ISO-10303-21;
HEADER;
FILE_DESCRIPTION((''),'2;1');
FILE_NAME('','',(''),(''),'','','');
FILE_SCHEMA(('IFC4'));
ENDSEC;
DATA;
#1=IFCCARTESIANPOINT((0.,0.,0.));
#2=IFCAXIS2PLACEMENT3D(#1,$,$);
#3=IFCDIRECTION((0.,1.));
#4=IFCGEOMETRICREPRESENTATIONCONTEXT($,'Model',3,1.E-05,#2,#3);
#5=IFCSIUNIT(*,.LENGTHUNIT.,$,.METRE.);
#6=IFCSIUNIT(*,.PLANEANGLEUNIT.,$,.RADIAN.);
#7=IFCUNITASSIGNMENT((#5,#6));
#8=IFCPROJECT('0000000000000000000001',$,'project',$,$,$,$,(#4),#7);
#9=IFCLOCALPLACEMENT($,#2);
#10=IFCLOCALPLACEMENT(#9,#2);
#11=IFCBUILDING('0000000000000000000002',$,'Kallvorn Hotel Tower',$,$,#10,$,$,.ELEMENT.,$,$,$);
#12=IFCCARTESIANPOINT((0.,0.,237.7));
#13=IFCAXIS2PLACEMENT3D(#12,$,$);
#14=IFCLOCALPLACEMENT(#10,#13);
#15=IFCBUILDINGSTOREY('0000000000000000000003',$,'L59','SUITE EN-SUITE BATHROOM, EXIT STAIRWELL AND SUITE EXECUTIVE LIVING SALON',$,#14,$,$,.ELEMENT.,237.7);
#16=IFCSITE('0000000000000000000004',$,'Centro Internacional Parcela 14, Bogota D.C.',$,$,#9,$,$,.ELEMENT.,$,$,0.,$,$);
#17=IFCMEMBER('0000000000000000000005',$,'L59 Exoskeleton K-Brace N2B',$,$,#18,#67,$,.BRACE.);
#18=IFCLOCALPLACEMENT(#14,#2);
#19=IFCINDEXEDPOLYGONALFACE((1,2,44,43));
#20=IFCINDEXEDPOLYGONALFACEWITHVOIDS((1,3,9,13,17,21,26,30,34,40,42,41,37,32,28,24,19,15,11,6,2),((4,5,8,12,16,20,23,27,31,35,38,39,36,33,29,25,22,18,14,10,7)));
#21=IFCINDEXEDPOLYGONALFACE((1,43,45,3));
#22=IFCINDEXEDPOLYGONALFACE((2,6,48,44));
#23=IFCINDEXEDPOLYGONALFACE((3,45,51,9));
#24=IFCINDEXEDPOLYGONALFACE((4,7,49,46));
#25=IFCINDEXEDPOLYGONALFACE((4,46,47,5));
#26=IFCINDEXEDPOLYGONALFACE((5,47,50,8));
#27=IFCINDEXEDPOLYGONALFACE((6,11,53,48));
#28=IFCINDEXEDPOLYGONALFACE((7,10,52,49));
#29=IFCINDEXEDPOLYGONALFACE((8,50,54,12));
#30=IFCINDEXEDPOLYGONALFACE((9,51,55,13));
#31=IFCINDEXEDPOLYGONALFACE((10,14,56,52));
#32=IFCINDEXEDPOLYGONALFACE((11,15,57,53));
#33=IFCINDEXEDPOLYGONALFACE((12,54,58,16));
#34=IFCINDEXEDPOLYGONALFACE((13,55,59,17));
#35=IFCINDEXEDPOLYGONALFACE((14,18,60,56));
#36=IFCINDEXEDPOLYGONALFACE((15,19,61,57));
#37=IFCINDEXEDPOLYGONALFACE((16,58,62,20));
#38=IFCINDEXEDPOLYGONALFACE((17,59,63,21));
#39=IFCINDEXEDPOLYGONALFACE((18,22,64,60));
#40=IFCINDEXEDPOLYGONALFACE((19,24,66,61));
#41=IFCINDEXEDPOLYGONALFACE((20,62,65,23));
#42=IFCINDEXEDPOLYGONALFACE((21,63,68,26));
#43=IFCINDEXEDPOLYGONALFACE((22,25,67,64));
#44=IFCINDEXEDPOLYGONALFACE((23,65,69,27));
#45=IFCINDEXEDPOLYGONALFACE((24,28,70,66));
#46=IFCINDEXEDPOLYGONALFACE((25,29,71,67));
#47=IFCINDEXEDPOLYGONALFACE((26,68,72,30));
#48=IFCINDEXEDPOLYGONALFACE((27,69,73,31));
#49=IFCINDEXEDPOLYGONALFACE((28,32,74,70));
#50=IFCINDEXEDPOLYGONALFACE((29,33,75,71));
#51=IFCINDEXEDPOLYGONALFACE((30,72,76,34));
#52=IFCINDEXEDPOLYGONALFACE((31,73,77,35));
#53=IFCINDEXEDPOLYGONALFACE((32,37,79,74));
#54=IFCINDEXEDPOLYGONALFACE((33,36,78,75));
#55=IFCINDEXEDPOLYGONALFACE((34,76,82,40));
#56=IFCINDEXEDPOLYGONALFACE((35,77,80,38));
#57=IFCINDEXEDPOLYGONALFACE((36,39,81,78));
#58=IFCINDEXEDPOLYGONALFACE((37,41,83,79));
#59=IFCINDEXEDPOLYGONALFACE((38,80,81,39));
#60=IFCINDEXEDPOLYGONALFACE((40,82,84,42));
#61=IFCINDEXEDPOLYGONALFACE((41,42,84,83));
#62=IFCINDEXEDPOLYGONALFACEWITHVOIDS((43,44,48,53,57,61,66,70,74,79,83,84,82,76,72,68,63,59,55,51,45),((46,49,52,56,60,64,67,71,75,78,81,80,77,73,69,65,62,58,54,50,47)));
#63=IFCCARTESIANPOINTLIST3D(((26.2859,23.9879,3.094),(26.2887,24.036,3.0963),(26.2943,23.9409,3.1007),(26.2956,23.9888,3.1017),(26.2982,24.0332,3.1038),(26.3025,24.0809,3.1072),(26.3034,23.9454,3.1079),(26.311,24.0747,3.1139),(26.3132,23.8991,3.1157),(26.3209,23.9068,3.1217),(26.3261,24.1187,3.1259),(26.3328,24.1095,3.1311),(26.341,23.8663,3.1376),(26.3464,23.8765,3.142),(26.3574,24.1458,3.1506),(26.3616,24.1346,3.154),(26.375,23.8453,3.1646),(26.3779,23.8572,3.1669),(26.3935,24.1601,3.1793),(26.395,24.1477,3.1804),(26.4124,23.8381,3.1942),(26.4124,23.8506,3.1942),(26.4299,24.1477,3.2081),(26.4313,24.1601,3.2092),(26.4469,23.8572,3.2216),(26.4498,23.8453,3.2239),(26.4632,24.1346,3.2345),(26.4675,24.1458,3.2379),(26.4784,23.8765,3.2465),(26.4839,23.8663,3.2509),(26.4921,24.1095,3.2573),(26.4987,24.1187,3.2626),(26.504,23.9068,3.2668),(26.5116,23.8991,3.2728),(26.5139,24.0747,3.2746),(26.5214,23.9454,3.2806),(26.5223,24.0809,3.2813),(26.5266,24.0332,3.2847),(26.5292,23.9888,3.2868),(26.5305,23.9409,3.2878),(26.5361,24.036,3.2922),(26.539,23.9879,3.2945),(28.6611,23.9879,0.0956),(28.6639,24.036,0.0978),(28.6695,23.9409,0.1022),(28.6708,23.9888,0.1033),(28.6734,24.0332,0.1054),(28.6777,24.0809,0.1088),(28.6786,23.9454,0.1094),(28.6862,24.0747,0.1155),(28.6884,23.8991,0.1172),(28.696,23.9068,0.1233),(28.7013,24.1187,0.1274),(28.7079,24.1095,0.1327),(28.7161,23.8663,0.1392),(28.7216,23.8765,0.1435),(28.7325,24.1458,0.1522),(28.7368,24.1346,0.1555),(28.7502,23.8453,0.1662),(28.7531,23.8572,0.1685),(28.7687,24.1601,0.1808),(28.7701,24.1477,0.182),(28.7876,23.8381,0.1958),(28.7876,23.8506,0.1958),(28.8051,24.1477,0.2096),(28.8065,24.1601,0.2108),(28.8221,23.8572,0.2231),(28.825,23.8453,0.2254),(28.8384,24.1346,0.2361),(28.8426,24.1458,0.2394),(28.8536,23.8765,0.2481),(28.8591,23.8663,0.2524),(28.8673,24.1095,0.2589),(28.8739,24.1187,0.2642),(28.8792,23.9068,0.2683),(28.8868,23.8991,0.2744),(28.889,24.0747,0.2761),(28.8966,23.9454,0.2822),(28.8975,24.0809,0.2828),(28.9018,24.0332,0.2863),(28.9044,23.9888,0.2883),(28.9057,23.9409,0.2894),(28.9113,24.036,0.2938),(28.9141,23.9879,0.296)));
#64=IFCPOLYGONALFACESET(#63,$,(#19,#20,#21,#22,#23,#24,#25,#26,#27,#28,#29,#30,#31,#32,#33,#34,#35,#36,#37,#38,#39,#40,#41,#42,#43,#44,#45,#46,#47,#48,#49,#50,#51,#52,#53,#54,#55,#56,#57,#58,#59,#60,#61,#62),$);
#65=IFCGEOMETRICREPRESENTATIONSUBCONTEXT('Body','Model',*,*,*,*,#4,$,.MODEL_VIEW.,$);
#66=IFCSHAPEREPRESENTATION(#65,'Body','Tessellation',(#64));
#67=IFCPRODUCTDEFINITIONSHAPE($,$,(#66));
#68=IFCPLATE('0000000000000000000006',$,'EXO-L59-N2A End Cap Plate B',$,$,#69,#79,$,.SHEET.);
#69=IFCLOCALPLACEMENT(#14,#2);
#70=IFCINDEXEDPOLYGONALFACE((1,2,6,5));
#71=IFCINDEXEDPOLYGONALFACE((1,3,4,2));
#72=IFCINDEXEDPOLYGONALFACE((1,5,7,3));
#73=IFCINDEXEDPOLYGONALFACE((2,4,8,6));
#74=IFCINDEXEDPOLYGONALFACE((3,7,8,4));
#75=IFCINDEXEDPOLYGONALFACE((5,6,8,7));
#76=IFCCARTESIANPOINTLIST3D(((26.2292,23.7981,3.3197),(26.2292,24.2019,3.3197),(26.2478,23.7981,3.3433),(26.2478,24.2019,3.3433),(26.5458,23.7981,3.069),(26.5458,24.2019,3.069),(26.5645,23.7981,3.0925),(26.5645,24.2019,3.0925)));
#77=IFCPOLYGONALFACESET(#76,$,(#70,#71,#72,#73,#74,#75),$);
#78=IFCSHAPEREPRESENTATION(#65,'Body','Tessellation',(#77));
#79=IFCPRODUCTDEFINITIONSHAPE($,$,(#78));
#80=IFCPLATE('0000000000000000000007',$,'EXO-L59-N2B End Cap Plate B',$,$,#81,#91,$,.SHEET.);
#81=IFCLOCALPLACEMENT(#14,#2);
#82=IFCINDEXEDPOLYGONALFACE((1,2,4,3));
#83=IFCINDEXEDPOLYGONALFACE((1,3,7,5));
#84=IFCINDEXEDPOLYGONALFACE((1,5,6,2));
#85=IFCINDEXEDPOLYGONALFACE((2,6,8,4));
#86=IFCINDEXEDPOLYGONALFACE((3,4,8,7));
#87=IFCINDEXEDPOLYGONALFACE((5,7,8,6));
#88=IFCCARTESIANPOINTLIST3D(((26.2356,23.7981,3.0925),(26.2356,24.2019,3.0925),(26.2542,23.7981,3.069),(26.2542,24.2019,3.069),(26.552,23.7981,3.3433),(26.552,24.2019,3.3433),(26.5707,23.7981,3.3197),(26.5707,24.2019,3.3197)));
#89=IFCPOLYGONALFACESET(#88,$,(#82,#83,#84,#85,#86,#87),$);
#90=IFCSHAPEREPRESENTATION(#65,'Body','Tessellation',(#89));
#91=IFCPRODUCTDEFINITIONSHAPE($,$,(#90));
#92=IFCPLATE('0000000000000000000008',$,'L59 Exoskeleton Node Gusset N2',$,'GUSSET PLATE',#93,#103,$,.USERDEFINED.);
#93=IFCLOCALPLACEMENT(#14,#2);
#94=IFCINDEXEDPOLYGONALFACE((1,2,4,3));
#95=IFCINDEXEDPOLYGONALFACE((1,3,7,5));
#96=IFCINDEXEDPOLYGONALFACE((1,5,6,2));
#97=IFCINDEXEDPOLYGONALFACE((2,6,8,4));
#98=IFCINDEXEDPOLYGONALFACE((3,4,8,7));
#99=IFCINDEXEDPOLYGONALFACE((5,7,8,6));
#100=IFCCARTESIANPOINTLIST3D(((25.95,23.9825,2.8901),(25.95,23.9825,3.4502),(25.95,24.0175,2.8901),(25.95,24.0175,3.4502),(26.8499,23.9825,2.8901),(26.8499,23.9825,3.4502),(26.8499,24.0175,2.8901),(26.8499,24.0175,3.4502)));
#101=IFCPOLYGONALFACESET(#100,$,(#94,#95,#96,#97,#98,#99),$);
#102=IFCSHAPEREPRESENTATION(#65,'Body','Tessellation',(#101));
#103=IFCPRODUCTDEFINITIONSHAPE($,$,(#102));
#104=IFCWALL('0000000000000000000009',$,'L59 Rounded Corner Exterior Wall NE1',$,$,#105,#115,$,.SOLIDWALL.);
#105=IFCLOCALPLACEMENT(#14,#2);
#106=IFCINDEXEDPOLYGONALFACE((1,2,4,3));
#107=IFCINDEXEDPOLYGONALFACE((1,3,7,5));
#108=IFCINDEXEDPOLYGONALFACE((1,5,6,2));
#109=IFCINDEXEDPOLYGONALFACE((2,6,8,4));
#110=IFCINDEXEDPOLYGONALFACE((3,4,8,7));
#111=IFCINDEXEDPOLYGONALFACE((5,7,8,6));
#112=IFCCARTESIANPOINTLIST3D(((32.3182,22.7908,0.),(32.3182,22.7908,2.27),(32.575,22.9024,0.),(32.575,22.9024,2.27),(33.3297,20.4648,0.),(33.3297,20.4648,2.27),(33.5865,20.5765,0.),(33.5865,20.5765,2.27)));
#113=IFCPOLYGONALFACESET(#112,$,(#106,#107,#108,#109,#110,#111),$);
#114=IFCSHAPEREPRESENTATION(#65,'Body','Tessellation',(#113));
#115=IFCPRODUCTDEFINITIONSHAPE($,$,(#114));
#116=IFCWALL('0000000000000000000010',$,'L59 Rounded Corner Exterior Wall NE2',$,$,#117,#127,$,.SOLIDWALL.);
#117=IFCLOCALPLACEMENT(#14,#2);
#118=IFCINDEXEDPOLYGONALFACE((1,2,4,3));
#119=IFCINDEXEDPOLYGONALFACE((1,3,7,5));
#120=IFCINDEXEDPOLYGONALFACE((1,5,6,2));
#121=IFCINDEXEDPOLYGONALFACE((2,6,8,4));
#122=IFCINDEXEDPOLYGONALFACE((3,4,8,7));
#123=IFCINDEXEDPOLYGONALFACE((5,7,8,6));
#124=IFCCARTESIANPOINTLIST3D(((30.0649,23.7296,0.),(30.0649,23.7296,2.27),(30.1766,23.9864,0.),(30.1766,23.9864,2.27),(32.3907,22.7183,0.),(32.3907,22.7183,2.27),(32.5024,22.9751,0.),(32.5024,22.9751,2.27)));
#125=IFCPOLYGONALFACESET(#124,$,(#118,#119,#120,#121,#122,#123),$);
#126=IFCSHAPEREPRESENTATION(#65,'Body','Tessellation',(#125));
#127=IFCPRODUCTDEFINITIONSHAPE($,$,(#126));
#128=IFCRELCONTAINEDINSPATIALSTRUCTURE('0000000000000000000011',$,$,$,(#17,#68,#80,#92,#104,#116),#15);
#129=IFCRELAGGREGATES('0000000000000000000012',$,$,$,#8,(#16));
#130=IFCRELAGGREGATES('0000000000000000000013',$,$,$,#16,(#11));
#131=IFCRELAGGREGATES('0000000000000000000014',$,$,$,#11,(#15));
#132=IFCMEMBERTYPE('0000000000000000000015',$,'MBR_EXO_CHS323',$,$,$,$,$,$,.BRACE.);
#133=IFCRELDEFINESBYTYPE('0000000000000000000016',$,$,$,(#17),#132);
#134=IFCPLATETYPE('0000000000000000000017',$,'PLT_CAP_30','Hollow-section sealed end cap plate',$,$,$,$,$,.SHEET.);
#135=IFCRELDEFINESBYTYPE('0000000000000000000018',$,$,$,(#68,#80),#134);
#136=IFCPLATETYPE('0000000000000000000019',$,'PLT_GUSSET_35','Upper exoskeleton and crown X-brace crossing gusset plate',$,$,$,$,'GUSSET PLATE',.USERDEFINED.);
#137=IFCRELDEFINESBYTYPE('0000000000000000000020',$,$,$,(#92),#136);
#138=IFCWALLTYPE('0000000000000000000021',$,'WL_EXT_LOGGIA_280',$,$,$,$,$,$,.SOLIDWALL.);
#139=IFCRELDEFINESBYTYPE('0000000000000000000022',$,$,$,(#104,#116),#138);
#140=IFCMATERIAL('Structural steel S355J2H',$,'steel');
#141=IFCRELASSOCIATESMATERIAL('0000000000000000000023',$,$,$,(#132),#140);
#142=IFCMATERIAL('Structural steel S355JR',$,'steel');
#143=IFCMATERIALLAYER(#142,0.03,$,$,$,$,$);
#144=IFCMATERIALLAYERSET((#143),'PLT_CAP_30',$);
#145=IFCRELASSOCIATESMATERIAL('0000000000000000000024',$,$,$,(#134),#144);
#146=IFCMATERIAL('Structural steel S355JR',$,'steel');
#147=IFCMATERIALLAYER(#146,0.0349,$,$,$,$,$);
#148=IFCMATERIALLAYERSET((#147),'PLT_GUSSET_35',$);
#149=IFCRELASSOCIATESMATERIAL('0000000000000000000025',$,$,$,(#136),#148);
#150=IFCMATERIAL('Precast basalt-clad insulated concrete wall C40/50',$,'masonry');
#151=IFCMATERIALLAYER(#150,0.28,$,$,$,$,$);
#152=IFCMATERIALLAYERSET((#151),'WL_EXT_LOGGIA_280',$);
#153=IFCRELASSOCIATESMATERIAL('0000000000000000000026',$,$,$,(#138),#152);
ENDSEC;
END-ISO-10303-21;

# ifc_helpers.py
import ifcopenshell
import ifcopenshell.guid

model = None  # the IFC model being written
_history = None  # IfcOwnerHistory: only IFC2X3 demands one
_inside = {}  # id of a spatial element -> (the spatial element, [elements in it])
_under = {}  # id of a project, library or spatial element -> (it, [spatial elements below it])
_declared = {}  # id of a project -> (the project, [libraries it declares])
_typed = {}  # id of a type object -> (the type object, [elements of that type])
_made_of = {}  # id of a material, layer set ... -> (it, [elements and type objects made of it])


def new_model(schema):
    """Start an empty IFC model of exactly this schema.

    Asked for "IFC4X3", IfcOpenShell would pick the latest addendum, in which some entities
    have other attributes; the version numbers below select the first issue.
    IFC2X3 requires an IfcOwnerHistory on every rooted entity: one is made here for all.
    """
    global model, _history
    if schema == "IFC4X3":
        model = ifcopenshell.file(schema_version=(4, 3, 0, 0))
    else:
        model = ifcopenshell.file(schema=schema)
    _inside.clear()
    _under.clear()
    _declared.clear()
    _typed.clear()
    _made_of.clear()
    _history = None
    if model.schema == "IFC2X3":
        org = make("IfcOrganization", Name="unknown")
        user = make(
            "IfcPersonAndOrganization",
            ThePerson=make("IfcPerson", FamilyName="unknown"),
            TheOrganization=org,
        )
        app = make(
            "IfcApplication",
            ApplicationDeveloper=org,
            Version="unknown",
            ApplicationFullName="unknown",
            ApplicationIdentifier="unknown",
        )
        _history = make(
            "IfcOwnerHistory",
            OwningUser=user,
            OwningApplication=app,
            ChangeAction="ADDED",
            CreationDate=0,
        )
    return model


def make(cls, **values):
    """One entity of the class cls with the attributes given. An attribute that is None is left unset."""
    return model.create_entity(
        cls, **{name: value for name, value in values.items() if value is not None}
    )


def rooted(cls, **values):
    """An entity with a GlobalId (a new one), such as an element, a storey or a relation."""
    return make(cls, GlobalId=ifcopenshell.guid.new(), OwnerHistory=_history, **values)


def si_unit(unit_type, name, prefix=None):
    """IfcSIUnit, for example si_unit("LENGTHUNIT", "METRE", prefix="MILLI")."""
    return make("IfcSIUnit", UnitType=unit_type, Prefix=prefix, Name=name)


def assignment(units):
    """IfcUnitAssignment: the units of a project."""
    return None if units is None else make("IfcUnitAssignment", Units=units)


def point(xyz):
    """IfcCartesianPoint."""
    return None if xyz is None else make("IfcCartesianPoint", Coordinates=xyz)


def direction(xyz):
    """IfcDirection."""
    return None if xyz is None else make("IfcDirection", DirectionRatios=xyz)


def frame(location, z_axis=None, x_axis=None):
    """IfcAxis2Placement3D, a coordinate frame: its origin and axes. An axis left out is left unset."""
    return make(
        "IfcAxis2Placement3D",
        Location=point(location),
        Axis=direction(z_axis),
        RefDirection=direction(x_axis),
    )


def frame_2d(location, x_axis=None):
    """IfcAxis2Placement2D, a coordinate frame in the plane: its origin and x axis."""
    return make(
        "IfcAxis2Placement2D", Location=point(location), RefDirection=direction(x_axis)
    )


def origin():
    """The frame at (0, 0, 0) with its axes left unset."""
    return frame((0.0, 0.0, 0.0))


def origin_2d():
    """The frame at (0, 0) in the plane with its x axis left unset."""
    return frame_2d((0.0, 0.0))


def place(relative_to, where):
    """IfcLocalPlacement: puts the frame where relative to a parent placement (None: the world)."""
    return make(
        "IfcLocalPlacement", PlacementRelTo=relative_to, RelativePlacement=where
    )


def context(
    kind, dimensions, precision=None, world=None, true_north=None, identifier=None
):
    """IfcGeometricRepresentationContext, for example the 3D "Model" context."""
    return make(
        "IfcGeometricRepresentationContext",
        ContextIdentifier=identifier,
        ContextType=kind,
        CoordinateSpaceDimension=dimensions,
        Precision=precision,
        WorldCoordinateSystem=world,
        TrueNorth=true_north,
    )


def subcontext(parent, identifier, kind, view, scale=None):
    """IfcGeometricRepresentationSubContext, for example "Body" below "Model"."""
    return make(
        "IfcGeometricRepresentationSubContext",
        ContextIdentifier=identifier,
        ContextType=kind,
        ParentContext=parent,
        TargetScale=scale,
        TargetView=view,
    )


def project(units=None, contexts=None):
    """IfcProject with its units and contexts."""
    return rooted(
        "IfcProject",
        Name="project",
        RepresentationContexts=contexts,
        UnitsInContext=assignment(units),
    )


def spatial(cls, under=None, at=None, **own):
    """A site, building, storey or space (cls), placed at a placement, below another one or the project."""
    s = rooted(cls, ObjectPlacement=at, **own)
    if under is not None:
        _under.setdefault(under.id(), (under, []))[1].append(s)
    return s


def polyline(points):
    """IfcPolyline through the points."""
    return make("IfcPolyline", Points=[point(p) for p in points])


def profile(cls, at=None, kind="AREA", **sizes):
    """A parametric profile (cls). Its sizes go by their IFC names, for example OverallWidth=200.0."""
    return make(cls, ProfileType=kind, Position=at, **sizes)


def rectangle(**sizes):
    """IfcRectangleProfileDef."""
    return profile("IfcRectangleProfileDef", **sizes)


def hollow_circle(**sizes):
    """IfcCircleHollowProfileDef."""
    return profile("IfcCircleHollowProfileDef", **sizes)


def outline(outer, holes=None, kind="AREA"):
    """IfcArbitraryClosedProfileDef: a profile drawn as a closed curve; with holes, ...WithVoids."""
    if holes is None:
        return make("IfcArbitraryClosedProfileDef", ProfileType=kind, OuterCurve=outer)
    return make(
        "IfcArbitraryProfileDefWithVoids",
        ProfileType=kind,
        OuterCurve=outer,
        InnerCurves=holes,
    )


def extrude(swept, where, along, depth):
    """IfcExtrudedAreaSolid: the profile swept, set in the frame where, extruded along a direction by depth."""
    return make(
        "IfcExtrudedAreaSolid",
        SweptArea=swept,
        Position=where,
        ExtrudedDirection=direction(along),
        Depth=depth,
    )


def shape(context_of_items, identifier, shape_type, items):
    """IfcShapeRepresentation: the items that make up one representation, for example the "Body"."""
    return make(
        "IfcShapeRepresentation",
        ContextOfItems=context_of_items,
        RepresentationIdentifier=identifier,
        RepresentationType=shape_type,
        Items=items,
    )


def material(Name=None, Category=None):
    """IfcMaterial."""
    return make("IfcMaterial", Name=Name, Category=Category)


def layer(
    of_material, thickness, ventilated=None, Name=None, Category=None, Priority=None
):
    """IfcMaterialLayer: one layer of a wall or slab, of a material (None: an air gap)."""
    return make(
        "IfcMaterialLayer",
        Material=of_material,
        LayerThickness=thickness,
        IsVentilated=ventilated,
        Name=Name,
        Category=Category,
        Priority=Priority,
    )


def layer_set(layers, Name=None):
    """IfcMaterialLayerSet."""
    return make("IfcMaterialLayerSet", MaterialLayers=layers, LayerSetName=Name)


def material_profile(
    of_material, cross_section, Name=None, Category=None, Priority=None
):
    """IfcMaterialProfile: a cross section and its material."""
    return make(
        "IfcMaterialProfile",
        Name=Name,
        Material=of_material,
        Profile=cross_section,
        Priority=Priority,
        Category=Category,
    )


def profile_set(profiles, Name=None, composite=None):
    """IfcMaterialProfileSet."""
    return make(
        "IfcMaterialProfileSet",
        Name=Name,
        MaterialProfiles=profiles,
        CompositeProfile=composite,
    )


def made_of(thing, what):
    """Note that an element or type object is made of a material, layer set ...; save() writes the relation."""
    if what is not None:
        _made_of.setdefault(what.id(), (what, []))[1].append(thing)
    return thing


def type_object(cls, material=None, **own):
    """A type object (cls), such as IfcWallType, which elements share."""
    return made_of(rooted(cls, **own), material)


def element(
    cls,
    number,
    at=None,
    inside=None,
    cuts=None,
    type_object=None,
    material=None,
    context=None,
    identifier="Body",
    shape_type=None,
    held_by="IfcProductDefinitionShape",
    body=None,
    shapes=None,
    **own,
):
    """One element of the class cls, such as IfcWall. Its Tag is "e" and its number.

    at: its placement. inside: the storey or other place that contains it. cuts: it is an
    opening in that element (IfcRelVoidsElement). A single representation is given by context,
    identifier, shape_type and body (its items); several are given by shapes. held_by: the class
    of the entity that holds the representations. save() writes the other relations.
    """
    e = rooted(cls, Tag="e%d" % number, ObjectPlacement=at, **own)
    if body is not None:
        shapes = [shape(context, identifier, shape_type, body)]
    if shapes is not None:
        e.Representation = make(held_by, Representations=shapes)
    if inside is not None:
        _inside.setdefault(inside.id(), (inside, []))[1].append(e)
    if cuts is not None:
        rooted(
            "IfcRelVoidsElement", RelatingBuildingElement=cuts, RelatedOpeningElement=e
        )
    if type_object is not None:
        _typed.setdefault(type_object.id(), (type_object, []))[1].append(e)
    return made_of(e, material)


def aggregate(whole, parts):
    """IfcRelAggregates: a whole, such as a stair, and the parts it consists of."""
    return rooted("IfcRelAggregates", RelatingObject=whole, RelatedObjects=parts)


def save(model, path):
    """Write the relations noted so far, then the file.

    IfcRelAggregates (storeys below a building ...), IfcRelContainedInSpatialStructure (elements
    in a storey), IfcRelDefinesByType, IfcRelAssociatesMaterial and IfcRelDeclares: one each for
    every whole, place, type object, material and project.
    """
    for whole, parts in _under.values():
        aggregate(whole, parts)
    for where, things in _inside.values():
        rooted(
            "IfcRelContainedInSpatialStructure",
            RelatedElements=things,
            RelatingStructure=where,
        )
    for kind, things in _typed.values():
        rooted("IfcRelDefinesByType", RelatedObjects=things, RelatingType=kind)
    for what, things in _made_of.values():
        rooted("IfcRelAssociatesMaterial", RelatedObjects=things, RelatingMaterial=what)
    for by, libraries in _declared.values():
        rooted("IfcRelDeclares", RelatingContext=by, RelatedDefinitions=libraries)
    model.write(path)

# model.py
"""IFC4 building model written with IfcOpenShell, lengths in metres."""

from ifc_helpers import new_model, si_unit, direction, frame, frame_2d, origin, origin_2d, place, context, subcontext, project, spatial, polyline, rectangle, hollow_circle, outline, extrude, material, layer, layer_set, material_profile, profile_set, type_object, element, save


model = new_model("IFC4")

# Units and contexts
model_context = context("Model", 3, precision=1e-05, world=origin(), true_north=direction((0.0, 1.0)))
body_context = subcontext(model_context, "Body", "Model", "MODEL_VIEW")
ifc_project = project(units=[si_unit("LENGTHUNIT", "METRE"), si_unit("PLANEANGLEUNIT", "RADIAN")], contexts=[model_context])

# Site, building, storey
site_placement = place(None, origin())
site = spatial("IfcSite", under=ifc_project, at=site_placement, Name="Centro Internacional Parcela 14, Bogota D.C.", CompositionType="ELEMENT", RefElevation=0.0)
building_placement = place(site_placement, origin())
building = spatial("IfcBuilding", under=site, at=building_placement, Name="Kallvorn Hotel Tower", CompositionType="ELEMENT")
storey_placement = place(building_placement, frame((0.0, 0.0, 237.7)))
storey = spatial("IfcBuildingStorey", under=building, at=storey_placement, Name="L59", Description="SUITE EN-SUITE BATHROOM, EXIT STAIRWELL AND SUITE EXECUTIVE LIVING SALON", CompositionType="ELEMENT", Elevation=237.7)

# Member
ifc_material_1 = material(Name="Structural steel S355J2H", Category="steel")
ifc_material_profile_1 = material_profile(ifc_material_1, hollow_circle(Radius=0.1619, WallThickness=0.0125, at=origin_2d()), Name="CHS 323.9x12.5")
ifc_profile_set_1 = profile_set([ifc_material_profile_1], Name="Structural steel S355J2H")
member_type_1 = type_object("IfcMemberType", Name="MBR_EXO_CHS323", PredefinedType="BRACE", material=ifc_profile_set_1)
for number, where, z_axis, x_axis, name in (
    (1, (28.7876, 24.0, 0.1958), (-0.620929, 0.0, 0.783867), (0.0, -1.0, 0.0), "L59 Exoskeleton K-Brace N2B"),
):
    element("IfcMember", number, at=place(storey_placement, frame(where, z_axis=z_axis, x_axis=x_axis)), inside=storey, type_object=member_type_1, Name=name, PredefinedType="BRACE", context=body_context, shape_type="SweptSolid", body=[
        extrude(hollow_circle(Radius=0.1619, WallThickness=0.0125, at=origin_2d()), origin(), (0.0, 0.0, 1.0), 3.8252),
    ])

# Plates
ifc_material_2 = material(Name="Structural steel S355JR", Category="steel")
ifc_layer_1 = layer(ifc_material_2, 0.03)
ifc_layer_set_1 = layer_set([ifc_layer_1], Name="PLT_CAP_30")
plate_type_1 = type_object("IfcPlateType", Name="PLT_CAP_30", Description="Hollow-section sealed end cap plate", PredefinedType="SHEET", material=ifc_layer_set_1)
plate_1_placement = place(storey_placement, frame((26.5645, 23.7981, 3.0925), z_axis=(0.62078, 0.0, 0.783985), x_axis=(0.0, 1.0, 0.0)))
element("IfcPlate", 2, at=plate_1_placement, inside=storey, type_object=plate_type_1, Name="EXO-L59-N2A End Cap Plate B", PredefinedType="SHEET", context=body_context, shape_type="SweptSolid", body=[
    extrude(outline(polyline([(0.0, 0.0), (0.4038, 0.0), (0.4038, 0.4039), (0.0, 0.4039), (0.0, 0.0)])), origin(), (0.0, 0.0, -1.0), 0.03),
])
plate_2_placement = place(storey_placement, frame((26.2356, 24.2019, 3.0925), z_axis=(-0.621075, 0.0, 0.783751), x_axis=(0.0, -1.0, 0.0)))
element("IfcPlate", 3, at=plate_2_placement, inside=storey, type_object=plate_type_1, Name="EXO-L59-N2B End Cap Plate B", PredefinedType="SHEET", context=body_context, shape_type="SweptSolid", body=[
    extrude(outline(polyline([(0.0, 0.0), (0.4038, 0.0), (0.4038, 0.4037), (0.0, 0.4037), (0.0, 0.0)])), origin(), (0.0, 0.0, -1.0), 0.03),
])
ifc_material_3 = material(Name="Structural steel S355JR", Category="steel")
ifc_layer_2 = layer(ifc_material_3, 0.0349)
ifc_layer_set_2 = layer_set([ifc_layer_2], Name="PLT_GUSSET_35")
plate_type_2 = type_object("IfcPlateType", Name="PLT_GUSSET_35", Description="Upper exoskeleton and crown X-brace crossing gusset plate", ElementType="GUSSET PLATE", PredefinedType="USERDEFINED", material=ifc_layer_set_2)
plate_3_placement = place(storey_placement, frame((26.3999, 24.0, 2.8901), z_axis=(0.0, 0.0, 1.0), x_axis=(1.0, 0.0, 0.0)))
element("IfcPlate", 4, at=plate_3_placement, inside=storey, type_object=plate_type_2, Name="L59 Exoskeleton Node Gusset N2", ObjectType="GUSSET PLATE", PredefinedType="USERDEFINED", context=body_context, shape_type="SweptSolid", body=[
    extrude(rectangle(XDim=0.8999, YDim=0.0349, at=origin_2d()), origin(), (0.0, 0.0, 1.0), 0.5601),
])

# Walls
ifc_material_4 = material(Name="Precast basalt-clad insulated concrete wall C40/50", Category="masonry")
ifc_layer_3 = layer(ifc_material_4, 0.28)
ifc_layer_set_3 = layer_set([ifc_layer_3], Name="WL_EXT_LOGGIA_280")
wall_type = type_object("IfcWallType", Name="WL_EXT_LOGGIA_280", PredefinedType="SOLIDWALL", material=ifc_layer_set_3)
wall_1_placement = place(storey_placement, frame((33.458, 20.5208, 0.0), z_axis=(0.0, 0.0, 1.0), x_axis=(-0.398793, 0.917041, 0.0)))
element("IfcWall", 5, at=wall_1_placement, inside=storey, type_object=wall_type, Name="L59 Rounded Corner Exterior Wall NE1", PredefinedType="SOLIDWALL", context=body_context, shape_type="SweptSolid", body=[
    extrude(rectangle(XDim=2.5364, YDim=0.28, at=frame_2d((1.2681, 0.0))), origin(), (0.0, 0.0, 1.0), 2.27),
])
wall_2_placement = place(storey_placement, frame((32.4465, 22.8467, 0.0), z_axis=(0.0, 0.0, 1.0), x_axis=(-0.917061, 0.398747, 0.0)))
element("IfcWall", 6, at=wall_2_placement, inside=storey, type_object=wall_type, Name="L59 Rounded Corner Exterior Wall NE2", PredefinedType="SOLIDWALL", context=body_context, shape_type="SweptSolid", body=[
    extrude(rectangle(XDim=2.5361, YDim=0.28, at=frame_2d((1.2681, 0.0))), origin(), (0.0, 0.0, 1.0), 2.27),
])

save(model, "model.ifc")
